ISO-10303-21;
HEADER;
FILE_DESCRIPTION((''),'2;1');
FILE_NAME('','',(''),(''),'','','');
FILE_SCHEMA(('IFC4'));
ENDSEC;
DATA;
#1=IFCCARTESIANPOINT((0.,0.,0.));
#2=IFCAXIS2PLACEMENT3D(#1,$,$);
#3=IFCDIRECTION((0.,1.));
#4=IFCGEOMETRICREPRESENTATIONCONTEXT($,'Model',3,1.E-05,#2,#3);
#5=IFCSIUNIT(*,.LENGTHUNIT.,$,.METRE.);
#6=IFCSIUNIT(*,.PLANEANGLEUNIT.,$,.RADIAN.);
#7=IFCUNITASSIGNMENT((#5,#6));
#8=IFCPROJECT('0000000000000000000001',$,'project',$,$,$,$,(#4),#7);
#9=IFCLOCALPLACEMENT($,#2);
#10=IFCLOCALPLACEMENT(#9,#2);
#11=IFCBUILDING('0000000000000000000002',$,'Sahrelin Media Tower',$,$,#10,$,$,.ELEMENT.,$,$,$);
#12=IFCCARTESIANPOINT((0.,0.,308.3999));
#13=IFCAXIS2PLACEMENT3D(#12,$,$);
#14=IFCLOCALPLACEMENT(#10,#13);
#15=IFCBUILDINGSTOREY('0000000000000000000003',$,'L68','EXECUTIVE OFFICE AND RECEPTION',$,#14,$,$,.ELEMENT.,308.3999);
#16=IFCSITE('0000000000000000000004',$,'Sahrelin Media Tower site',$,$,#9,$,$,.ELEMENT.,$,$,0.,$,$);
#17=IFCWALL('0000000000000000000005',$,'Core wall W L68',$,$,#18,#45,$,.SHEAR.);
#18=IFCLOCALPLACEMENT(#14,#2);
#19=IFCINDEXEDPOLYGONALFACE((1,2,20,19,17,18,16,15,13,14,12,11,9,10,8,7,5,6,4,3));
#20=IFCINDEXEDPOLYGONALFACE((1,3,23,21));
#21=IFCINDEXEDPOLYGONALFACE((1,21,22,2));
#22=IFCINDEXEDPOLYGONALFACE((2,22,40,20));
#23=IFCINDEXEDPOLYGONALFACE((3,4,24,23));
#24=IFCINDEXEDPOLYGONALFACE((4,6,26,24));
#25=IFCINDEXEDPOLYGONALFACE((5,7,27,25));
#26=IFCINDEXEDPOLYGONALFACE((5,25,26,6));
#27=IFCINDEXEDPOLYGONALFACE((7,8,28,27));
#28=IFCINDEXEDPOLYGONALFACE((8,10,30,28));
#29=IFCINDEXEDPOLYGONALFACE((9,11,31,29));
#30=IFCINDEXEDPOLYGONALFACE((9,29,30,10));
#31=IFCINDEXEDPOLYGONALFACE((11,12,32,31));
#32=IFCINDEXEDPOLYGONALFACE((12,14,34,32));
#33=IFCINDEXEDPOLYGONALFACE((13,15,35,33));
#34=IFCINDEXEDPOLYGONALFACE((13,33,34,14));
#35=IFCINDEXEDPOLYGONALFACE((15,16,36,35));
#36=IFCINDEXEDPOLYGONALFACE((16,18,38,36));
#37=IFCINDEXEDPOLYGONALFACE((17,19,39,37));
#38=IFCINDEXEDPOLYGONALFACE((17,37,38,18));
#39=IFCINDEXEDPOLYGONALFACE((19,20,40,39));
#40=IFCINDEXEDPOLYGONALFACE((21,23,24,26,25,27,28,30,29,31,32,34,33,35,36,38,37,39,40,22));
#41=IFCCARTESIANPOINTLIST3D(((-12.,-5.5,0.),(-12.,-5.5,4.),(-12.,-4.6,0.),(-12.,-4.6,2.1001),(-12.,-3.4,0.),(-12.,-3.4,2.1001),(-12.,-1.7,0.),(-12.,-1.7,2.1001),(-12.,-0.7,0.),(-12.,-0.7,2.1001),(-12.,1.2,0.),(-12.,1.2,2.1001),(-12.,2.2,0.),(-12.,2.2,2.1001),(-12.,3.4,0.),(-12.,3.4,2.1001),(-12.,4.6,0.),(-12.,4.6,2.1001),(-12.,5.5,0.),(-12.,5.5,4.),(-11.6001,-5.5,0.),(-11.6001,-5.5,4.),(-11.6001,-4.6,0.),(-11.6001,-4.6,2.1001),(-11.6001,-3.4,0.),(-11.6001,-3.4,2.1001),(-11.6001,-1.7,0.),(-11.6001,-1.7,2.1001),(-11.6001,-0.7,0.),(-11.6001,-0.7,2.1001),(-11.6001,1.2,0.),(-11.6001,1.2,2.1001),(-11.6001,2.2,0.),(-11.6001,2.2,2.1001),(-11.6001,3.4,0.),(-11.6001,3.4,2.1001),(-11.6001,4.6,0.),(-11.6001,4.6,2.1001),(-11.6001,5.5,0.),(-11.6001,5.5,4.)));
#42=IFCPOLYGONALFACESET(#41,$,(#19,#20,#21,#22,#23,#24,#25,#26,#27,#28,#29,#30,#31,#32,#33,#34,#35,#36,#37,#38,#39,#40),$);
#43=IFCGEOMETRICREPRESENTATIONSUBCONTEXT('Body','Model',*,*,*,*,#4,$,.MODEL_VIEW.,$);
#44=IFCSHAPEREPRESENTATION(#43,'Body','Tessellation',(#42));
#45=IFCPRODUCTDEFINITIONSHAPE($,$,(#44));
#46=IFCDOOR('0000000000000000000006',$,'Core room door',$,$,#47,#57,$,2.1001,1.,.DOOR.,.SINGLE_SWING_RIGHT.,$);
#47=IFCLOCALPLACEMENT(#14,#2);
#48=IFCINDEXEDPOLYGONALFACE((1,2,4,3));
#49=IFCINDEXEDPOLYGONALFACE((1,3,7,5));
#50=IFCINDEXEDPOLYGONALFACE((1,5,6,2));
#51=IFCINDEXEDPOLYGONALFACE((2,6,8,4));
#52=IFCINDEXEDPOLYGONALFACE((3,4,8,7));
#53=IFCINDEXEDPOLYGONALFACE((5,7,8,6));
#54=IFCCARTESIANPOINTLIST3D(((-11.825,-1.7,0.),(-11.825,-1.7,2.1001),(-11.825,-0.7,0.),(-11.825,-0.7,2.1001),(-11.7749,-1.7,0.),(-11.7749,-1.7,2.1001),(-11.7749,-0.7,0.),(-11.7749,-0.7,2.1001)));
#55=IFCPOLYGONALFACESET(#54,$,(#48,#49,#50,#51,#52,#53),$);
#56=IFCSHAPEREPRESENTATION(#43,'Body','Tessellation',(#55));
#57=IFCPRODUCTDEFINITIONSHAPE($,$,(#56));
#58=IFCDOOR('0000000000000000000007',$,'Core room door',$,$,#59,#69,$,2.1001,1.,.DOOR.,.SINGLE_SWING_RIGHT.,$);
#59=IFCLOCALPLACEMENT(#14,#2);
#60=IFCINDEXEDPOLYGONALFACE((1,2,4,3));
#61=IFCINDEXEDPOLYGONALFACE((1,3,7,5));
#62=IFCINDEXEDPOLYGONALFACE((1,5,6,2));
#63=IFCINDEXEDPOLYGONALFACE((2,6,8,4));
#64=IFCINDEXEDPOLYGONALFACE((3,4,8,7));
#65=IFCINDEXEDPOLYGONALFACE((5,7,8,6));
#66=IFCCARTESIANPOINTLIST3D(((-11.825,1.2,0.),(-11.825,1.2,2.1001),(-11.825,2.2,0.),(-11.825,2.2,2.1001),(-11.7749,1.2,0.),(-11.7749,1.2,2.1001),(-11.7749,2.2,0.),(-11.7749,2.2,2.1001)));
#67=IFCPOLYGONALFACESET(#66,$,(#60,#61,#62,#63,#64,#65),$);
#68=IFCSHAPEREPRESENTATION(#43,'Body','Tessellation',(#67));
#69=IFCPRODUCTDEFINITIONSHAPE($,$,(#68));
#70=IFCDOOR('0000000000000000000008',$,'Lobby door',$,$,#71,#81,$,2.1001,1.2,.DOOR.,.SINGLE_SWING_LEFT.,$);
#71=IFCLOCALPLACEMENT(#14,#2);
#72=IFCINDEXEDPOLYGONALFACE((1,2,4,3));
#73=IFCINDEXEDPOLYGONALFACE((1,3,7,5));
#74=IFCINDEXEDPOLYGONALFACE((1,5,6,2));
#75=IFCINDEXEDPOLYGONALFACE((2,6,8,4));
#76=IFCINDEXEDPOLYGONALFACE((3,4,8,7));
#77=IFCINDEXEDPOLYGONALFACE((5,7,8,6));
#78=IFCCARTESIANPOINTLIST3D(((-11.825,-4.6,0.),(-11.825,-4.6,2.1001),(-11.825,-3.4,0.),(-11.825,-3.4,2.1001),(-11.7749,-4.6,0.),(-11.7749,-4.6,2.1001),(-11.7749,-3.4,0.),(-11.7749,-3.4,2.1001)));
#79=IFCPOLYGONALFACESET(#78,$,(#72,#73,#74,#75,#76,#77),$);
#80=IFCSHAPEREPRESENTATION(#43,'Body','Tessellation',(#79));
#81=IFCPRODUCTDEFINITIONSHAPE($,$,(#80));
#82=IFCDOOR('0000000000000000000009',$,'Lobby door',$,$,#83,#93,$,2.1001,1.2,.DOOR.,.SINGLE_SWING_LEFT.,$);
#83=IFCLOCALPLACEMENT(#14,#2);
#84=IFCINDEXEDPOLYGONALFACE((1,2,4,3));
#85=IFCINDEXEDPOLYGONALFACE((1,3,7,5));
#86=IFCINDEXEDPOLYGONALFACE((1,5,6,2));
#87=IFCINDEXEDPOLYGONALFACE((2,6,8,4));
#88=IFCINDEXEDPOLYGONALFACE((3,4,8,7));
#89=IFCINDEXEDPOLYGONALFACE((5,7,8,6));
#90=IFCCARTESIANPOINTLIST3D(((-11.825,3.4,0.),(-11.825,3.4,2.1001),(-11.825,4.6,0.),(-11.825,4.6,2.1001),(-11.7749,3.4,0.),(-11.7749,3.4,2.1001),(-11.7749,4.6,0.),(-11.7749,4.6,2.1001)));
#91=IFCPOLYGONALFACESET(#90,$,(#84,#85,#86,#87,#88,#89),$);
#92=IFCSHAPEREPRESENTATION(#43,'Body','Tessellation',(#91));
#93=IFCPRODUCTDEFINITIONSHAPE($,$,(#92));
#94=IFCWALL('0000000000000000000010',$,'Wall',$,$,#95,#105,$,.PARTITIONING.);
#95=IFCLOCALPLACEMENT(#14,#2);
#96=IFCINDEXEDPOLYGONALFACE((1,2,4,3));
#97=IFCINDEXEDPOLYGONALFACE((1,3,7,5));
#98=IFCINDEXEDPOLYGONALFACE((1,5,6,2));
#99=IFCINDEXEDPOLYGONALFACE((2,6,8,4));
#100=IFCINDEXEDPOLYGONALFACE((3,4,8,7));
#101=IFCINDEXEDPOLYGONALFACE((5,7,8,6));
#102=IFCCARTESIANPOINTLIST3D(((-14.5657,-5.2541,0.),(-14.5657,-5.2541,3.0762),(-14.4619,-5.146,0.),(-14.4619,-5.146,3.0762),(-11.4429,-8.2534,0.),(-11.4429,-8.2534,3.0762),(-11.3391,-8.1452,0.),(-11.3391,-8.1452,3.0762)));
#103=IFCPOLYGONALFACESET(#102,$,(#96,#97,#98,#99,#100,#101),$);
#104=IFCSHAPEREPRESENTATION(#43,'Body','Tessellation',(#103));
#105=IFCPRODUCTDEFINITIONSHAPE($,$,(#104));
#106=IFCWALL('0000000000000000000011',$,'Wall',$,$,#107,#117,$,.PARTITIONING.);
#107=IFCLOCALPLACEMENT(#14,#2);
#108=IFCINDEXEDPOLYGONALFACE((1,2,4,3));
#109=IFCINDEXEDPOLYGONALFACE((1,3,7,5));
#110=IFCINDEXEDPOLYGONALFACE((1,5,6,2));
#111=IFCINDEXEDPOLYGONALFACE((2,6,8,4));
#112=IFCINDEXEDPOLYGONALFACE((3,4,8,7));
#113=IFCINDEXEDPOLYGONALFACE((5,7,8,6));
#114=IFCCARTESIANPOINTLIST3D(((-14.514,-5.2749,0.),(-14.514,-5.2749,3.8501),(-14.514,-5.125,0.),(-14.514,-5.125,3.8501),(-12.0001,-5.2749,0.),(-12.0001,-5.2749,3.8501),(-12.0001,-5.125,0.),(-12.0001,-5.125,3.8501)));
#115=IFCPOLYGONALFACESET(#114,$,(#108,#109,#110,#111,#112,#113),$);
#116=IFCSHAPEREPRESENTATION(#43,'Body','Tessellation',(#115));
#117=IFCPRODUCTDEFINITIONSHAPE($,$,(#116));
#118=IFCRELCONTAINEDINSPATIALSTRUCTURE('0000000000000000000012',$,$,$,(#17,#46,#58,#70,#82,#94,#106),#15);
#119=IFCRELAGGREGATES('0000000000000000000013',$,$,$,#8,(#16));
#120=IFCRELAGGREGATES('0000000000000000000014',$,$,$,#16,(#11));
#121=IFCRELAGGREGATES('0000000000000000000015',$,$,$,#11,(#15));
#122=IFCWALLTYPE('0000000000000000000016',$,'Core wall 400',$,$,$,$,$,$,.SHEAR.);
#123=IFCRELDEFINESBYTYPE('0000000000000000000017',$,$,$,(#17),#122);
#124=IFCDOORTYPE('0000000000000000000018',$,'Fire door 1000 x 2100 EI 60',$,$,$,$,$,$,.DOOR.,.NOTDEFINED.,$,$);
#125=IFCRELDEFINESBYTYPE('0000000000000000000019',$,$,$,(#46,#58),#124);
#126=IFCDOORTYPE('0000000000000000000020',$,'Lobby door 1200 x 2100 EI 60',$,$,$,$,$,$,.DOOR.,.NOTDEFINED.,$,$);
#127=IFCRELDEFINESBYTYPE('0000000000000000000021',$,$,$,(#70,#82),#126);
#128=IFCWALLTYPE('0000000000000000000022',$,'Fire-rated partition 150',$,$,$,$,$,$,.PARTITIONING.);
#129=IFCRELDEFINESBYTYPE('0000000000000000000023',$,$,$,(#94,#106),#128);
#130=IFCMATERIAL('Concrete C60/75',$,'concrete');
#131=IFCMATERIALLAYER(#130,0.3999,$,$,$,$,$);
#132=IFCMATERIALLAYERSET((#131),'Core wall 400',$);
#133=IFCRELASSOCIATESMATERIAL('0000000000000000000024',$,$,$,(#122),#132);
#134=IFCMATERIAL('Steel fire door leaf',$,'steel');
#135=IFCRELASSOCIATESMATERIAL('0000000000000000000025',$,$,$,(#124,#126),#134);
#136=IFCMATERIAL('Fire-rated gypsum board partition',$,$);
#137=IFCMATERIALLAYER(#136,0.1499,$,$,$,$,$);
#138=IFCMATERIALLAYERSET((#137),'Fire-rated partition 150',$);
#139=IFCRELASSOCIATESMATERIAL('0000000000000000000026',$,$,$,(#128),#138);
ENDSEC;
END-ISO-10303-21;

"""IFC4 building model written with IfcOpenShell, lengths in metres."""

from ifc_helpers import new_model, si_unit, direction, frame, frame_2d, origin, place, context, subcontext, project, spatial, rectangle, extrude, material, layer, layer_set, type_object, element, fill, save


model = new_model("IFC4")

# Units and contexts
model_context = context("Model", 3, precision=1e-05, world=origin(), true_north=direction((0.0, 1.0)))
body_context = subcontext(model_context, "Body", "Model", "MODEL_VIEW")
ifc_project = project(units=[si_unit("LENGTHUNIT", "METRE"), si_unit("PLANEANGLEUNIT", "RADIAN")], contexts=[model_context])

# Site, building, storey
site_placement = place(None, origin())
site = spatial("IfcSite", under=ifc_project, at=site_placement, Name="Sahrelin Media Tower site", CompositionType="ELEMENT", RefElevation=0.0)
building_placement = place(site_placement, origin())
building = spatial("IfcBuilding", under=site, at=building_placement, Name="Sahrelin Media Tower", CompositionType="ELEMENT")
storey_placement = place(building_placement, frame((0.0, 0.0, 308.3999)))
storey = spatial("IfcBuildingStorey", under=building, at=storey_placement, Name="L68", Description="EXECUTIVE OFFICE AND RECEPTION", CompositionType="ELEMENT", Elevation=308.3999)

# Shared definitions
ifc_material_1 = material(Name="Concrete C60/75", Category="concrete")
ifc_layer_1 = layer(ifc_material_1, 0.3999)
ifc_layer_set_1 = layer_set([ifc_layer_1], Name="Core wall 400")
wall_type_1 = type_object("IfcWallType", Name="Core wall 400", PredefinedType="SHEAR", material=ifc_layer_set_1)

# Wall, openings, doors
wall_1_placement = place(storey_placement, frame((-11.8, -5.5, 0.0), z_axis=(0.0, 0.0, 1.0), x_axis=(0.0, 1.0, 0.0)))
wall_1 = element("IfcWall", 1, at=wall_1_placement, inside=storey, type_object=wall_type_1, Name="Core wall W L68", PredefinedType="SHEAR", context=body_context, shape_type="SweptSolid", body=[
    extrude(rectangle(XDim=11.0, YDim=0.3999, at=frame_2d((5.5, 0.0))), origin(), (0.0, 0.0, 1.0), 4.0),
])
opening_1_placement = place(wall_1_placement, frame((3.8, 0.0, 0.0)))
opening_1 = element("IfcOpeningElement", 2, at=opening_1_placement, cuts=wall_1, PredefinedType="OPENING", context=body_context, shape_type="SweptSolid", body=[
    extrude(rectangle(XDim=1.0, YDim=2.1001, at=frame_2d((0.5, 1.05))), frame((0.0, 0.2, 0.0), z_axis=(0.0, -1.0, 0.0), x_axis=(1.0, 0.0, 0.0)), (0.0, 0.0, 1.0), 0.3999),
])
opening_2_placement = place(wall_1_placement, frame((6.7, 0.0, 0.0)))
opening_2 = element("IfcOpeningElement", 3, at=opening_2_placement, cuts=wall_1, PredefinedType="OPENING", context=body_context, shape_type="SweptSolid", body=[
    extrude(rectangle(XDim=1.0, YDim=2.1001, at=frame_2d((0.5, 1.05))), frame((0.0, 0.2, 0.0), z_axis=(0.0, -1.0, 0.0), x_axis=(1.0, 0.0, 0.0)), (0.0, 0.0, 1.0), 0.3999),
])
opening_3_placement = place(wall_1_placement, frame((0.8999, 0.0, 0.0)))
opening_3 = element("IfcOpeningElement", 4, at=opening_3_placement, cuts=wall_1, PredefinedType="OPENING", context=body_context, shape_type="SweptSolid", body=[
    extrude(rectangle(XDim=1.2, YDim=2.1001, at=frame_2d((0.6001, 1.05))), frame((0.0, 0.2, 0.0), z_axis=(0.0, -1.0, 0.0), x_axis=(1.0, 0.0, 0.0)), (0.0, 0.0, 1.0), 0.3999),
])
opening_4_placement = place(wall_1_placement, frame((8.8999, 0.0, 0.0)))
opening_4 = element("IfcOpeningElement", 5, at=opening_4_placement, cuts=wall_1, PredefinedType="OPENING", context=body_context, shape_type="SweptSolid", body=[
    extrude(rectangle(XDim=1.2, YDim=2.1001, at=frame_2d((0.6001, 1.05))), frame((0.0, 0.2, 0.0), z_axis=(0.0, -1.0, 0.0), x_axis=(1.0, 0.0, 0.0)), (0.0, 0.0, 1.0), 0.3999),
])
ifc_material_2 = material(Name="Steel fire door leaf", Category="steel")
door_type_1 = type_object("IfcDoorType", Name="Fire door 1000 x 2100 EI 60", OperationType="NOTDEFINED", PredefinedType="DOOR", material=ifc_material_2)
door_1_placement = place(opening_1_placement, origin())
door_1 = element("IfcDoor", 6, at=door_1_placement, inside=storey, type_object=door_type_1, Name="Core room door", OperationType="SINGLE_SWING_RIGHT", OverallHeight=2.1001, OverallWidth=1.0, PredefinedType="DOOR", context=body_context, shape_type="SweptSolid", body=[
    extrude(rectangle(XDim=1.0, YDim=2.1001, at=frame_2d((0.5, 1.05))), frame((0.0, 0.0249, 0.0), z_axis=(0.0, -1.0, 0.0), x_axis=(1.0, 0.0, 0.0)), (0.0, 0.0, 1.0), 0.05),
])
fill(opening_1, door_1)
door_2_placement = place(opening_2_placement, origin())
door_2 = element("IfcDoor", 7, at=door_2_placement, inside=storey, type_object=door_type_1, Name="Core room door", OperationType="SINGLE_SWING_RIGHT", OverallHeight=2.1001, OverallWidth=1.0, PredefinedType="DOOR", context=body_context, shape_type="SweptSolid", body=[
    extrude(rectangle(XDim=1.0, YDim=2.1001, at=frame_2d((0.5, 1.05))), frame((0.0, 0.0249, 0.0), z_axis=(0.0, -1.0, 0.0), x_axis=(1.0, 0.0, 0.0)), (0.0, 0.0, 1.0), 0.05),
])
fill(opening_2, door_2)
door_type_2 = type_object("IfcDoorType", Name="Lobby door 1200 x 2100 EI 60", OperationType="NOTDEFINED", PredefinedType="DOOR", material=ifc_material_2)
door_3_placement = place(opening_3_placement, origin())
door_3 = element("IfcDoor", 8, at=door_3_placement, inside=storey, type_object=door_type_2, Name="Lobby door", OperationType="SINGLE_SWING_LEFT", OverallHeight=2.1001, OverallWidth=1.2, PredefinedType="DOOR", context=body_context, shape_type="SweptSolid", body=[
    extrude(rectangle(XDim=1.2, YDim=2.1001, at=frame_2d((0.6001, 1.05))), frame((0.0, 0.0249, 0.0), z_axis=(0.0, -1.0, 0.0), x_axis=(1.0, 0.0, 0.0)), (0.0, 0.0, 1.0), 0.05),
])
fill(opening_3, door_3)
door_4_placement = place(opening_4_placement, origin())
door_4 = element("IfcDoor", 9, at=door_4_placement, inside=storey, type_object=door_type_2, Name="Lobby door", OperationType="SINGLE_SWING_LEFT", OverallHeight=2.1001, OverallWidth=1.2, PredefinedType="DOOR", context=body_context, shape_type="SweptSolid", body=[
    extrude(rectangle(XDim=1.2, YDim=2.1001, at=frame_2d((0.6001, 1.05))), frame((0.0, 0.0249, 0.0), z_axis=(0.0, -1.0, 0.0), x_axis=(1.0, 0.0, 0.0)), (0.0, 0.0, 1.0), 0.05),
])
fill(opening_4, door_4)

# Walls
ifc_material_3 = material(Name="Fire-rated gypsum board partition")
ifc_layer_2 = layer(ifc_material_3, 0.1499)
ifc_layer_set_2 = layer_set([ifc_layer_2], Name="Fire-rated partition 150")
wall_type_2 = type_object("IfcWallType", Name="Fire-rated partition 150", PredefinedType="PARTITIONING", material=ifc_layer_set_2)
wall_2_placement = place(storey_placement, frame((-14.5139, -5.2, 0.0), z_axis=(0.0, 0.0, 1.0), x_axis=(0.721228, -0.692697, 0.0)))
element("IfcWall", 10, at=wall_2_placement, inside=storey, type_object=wall_type_2, Name="Wall", PredefinedType="PARTITIONING", context=body_context, shape_type="SweptSolid", body=[
    extrude(rectangle(XDim=4.3298, YDim=0.1499, at=frame_2d((2.165, 0.0))), origin(), (0.0, 0.0, 1.0), 3.0762),
])
wall_3_placement = place(storey_placement, frame((-14.5139, -5.2, 0.0), z_axis=(0.0, 0.0, 1.0), x_axis=(1.0, 0.0, 0.0)))
element("IfcWall", 11, at=wall_3_placement, inside=storey, type_object=wall_type_2, Name="Wall", PredefinedType="PARTITIONING", context=body_context, shape_type="SweptSolid", body=[
    extrude(rectangle(XDim=2.5139, YDim=0.1499, at=frame_2d((1.2568, 0.0))), origin(), (0.0, 0.0, 1.0), 3.8501),
])

save(model, "model.ifc")
